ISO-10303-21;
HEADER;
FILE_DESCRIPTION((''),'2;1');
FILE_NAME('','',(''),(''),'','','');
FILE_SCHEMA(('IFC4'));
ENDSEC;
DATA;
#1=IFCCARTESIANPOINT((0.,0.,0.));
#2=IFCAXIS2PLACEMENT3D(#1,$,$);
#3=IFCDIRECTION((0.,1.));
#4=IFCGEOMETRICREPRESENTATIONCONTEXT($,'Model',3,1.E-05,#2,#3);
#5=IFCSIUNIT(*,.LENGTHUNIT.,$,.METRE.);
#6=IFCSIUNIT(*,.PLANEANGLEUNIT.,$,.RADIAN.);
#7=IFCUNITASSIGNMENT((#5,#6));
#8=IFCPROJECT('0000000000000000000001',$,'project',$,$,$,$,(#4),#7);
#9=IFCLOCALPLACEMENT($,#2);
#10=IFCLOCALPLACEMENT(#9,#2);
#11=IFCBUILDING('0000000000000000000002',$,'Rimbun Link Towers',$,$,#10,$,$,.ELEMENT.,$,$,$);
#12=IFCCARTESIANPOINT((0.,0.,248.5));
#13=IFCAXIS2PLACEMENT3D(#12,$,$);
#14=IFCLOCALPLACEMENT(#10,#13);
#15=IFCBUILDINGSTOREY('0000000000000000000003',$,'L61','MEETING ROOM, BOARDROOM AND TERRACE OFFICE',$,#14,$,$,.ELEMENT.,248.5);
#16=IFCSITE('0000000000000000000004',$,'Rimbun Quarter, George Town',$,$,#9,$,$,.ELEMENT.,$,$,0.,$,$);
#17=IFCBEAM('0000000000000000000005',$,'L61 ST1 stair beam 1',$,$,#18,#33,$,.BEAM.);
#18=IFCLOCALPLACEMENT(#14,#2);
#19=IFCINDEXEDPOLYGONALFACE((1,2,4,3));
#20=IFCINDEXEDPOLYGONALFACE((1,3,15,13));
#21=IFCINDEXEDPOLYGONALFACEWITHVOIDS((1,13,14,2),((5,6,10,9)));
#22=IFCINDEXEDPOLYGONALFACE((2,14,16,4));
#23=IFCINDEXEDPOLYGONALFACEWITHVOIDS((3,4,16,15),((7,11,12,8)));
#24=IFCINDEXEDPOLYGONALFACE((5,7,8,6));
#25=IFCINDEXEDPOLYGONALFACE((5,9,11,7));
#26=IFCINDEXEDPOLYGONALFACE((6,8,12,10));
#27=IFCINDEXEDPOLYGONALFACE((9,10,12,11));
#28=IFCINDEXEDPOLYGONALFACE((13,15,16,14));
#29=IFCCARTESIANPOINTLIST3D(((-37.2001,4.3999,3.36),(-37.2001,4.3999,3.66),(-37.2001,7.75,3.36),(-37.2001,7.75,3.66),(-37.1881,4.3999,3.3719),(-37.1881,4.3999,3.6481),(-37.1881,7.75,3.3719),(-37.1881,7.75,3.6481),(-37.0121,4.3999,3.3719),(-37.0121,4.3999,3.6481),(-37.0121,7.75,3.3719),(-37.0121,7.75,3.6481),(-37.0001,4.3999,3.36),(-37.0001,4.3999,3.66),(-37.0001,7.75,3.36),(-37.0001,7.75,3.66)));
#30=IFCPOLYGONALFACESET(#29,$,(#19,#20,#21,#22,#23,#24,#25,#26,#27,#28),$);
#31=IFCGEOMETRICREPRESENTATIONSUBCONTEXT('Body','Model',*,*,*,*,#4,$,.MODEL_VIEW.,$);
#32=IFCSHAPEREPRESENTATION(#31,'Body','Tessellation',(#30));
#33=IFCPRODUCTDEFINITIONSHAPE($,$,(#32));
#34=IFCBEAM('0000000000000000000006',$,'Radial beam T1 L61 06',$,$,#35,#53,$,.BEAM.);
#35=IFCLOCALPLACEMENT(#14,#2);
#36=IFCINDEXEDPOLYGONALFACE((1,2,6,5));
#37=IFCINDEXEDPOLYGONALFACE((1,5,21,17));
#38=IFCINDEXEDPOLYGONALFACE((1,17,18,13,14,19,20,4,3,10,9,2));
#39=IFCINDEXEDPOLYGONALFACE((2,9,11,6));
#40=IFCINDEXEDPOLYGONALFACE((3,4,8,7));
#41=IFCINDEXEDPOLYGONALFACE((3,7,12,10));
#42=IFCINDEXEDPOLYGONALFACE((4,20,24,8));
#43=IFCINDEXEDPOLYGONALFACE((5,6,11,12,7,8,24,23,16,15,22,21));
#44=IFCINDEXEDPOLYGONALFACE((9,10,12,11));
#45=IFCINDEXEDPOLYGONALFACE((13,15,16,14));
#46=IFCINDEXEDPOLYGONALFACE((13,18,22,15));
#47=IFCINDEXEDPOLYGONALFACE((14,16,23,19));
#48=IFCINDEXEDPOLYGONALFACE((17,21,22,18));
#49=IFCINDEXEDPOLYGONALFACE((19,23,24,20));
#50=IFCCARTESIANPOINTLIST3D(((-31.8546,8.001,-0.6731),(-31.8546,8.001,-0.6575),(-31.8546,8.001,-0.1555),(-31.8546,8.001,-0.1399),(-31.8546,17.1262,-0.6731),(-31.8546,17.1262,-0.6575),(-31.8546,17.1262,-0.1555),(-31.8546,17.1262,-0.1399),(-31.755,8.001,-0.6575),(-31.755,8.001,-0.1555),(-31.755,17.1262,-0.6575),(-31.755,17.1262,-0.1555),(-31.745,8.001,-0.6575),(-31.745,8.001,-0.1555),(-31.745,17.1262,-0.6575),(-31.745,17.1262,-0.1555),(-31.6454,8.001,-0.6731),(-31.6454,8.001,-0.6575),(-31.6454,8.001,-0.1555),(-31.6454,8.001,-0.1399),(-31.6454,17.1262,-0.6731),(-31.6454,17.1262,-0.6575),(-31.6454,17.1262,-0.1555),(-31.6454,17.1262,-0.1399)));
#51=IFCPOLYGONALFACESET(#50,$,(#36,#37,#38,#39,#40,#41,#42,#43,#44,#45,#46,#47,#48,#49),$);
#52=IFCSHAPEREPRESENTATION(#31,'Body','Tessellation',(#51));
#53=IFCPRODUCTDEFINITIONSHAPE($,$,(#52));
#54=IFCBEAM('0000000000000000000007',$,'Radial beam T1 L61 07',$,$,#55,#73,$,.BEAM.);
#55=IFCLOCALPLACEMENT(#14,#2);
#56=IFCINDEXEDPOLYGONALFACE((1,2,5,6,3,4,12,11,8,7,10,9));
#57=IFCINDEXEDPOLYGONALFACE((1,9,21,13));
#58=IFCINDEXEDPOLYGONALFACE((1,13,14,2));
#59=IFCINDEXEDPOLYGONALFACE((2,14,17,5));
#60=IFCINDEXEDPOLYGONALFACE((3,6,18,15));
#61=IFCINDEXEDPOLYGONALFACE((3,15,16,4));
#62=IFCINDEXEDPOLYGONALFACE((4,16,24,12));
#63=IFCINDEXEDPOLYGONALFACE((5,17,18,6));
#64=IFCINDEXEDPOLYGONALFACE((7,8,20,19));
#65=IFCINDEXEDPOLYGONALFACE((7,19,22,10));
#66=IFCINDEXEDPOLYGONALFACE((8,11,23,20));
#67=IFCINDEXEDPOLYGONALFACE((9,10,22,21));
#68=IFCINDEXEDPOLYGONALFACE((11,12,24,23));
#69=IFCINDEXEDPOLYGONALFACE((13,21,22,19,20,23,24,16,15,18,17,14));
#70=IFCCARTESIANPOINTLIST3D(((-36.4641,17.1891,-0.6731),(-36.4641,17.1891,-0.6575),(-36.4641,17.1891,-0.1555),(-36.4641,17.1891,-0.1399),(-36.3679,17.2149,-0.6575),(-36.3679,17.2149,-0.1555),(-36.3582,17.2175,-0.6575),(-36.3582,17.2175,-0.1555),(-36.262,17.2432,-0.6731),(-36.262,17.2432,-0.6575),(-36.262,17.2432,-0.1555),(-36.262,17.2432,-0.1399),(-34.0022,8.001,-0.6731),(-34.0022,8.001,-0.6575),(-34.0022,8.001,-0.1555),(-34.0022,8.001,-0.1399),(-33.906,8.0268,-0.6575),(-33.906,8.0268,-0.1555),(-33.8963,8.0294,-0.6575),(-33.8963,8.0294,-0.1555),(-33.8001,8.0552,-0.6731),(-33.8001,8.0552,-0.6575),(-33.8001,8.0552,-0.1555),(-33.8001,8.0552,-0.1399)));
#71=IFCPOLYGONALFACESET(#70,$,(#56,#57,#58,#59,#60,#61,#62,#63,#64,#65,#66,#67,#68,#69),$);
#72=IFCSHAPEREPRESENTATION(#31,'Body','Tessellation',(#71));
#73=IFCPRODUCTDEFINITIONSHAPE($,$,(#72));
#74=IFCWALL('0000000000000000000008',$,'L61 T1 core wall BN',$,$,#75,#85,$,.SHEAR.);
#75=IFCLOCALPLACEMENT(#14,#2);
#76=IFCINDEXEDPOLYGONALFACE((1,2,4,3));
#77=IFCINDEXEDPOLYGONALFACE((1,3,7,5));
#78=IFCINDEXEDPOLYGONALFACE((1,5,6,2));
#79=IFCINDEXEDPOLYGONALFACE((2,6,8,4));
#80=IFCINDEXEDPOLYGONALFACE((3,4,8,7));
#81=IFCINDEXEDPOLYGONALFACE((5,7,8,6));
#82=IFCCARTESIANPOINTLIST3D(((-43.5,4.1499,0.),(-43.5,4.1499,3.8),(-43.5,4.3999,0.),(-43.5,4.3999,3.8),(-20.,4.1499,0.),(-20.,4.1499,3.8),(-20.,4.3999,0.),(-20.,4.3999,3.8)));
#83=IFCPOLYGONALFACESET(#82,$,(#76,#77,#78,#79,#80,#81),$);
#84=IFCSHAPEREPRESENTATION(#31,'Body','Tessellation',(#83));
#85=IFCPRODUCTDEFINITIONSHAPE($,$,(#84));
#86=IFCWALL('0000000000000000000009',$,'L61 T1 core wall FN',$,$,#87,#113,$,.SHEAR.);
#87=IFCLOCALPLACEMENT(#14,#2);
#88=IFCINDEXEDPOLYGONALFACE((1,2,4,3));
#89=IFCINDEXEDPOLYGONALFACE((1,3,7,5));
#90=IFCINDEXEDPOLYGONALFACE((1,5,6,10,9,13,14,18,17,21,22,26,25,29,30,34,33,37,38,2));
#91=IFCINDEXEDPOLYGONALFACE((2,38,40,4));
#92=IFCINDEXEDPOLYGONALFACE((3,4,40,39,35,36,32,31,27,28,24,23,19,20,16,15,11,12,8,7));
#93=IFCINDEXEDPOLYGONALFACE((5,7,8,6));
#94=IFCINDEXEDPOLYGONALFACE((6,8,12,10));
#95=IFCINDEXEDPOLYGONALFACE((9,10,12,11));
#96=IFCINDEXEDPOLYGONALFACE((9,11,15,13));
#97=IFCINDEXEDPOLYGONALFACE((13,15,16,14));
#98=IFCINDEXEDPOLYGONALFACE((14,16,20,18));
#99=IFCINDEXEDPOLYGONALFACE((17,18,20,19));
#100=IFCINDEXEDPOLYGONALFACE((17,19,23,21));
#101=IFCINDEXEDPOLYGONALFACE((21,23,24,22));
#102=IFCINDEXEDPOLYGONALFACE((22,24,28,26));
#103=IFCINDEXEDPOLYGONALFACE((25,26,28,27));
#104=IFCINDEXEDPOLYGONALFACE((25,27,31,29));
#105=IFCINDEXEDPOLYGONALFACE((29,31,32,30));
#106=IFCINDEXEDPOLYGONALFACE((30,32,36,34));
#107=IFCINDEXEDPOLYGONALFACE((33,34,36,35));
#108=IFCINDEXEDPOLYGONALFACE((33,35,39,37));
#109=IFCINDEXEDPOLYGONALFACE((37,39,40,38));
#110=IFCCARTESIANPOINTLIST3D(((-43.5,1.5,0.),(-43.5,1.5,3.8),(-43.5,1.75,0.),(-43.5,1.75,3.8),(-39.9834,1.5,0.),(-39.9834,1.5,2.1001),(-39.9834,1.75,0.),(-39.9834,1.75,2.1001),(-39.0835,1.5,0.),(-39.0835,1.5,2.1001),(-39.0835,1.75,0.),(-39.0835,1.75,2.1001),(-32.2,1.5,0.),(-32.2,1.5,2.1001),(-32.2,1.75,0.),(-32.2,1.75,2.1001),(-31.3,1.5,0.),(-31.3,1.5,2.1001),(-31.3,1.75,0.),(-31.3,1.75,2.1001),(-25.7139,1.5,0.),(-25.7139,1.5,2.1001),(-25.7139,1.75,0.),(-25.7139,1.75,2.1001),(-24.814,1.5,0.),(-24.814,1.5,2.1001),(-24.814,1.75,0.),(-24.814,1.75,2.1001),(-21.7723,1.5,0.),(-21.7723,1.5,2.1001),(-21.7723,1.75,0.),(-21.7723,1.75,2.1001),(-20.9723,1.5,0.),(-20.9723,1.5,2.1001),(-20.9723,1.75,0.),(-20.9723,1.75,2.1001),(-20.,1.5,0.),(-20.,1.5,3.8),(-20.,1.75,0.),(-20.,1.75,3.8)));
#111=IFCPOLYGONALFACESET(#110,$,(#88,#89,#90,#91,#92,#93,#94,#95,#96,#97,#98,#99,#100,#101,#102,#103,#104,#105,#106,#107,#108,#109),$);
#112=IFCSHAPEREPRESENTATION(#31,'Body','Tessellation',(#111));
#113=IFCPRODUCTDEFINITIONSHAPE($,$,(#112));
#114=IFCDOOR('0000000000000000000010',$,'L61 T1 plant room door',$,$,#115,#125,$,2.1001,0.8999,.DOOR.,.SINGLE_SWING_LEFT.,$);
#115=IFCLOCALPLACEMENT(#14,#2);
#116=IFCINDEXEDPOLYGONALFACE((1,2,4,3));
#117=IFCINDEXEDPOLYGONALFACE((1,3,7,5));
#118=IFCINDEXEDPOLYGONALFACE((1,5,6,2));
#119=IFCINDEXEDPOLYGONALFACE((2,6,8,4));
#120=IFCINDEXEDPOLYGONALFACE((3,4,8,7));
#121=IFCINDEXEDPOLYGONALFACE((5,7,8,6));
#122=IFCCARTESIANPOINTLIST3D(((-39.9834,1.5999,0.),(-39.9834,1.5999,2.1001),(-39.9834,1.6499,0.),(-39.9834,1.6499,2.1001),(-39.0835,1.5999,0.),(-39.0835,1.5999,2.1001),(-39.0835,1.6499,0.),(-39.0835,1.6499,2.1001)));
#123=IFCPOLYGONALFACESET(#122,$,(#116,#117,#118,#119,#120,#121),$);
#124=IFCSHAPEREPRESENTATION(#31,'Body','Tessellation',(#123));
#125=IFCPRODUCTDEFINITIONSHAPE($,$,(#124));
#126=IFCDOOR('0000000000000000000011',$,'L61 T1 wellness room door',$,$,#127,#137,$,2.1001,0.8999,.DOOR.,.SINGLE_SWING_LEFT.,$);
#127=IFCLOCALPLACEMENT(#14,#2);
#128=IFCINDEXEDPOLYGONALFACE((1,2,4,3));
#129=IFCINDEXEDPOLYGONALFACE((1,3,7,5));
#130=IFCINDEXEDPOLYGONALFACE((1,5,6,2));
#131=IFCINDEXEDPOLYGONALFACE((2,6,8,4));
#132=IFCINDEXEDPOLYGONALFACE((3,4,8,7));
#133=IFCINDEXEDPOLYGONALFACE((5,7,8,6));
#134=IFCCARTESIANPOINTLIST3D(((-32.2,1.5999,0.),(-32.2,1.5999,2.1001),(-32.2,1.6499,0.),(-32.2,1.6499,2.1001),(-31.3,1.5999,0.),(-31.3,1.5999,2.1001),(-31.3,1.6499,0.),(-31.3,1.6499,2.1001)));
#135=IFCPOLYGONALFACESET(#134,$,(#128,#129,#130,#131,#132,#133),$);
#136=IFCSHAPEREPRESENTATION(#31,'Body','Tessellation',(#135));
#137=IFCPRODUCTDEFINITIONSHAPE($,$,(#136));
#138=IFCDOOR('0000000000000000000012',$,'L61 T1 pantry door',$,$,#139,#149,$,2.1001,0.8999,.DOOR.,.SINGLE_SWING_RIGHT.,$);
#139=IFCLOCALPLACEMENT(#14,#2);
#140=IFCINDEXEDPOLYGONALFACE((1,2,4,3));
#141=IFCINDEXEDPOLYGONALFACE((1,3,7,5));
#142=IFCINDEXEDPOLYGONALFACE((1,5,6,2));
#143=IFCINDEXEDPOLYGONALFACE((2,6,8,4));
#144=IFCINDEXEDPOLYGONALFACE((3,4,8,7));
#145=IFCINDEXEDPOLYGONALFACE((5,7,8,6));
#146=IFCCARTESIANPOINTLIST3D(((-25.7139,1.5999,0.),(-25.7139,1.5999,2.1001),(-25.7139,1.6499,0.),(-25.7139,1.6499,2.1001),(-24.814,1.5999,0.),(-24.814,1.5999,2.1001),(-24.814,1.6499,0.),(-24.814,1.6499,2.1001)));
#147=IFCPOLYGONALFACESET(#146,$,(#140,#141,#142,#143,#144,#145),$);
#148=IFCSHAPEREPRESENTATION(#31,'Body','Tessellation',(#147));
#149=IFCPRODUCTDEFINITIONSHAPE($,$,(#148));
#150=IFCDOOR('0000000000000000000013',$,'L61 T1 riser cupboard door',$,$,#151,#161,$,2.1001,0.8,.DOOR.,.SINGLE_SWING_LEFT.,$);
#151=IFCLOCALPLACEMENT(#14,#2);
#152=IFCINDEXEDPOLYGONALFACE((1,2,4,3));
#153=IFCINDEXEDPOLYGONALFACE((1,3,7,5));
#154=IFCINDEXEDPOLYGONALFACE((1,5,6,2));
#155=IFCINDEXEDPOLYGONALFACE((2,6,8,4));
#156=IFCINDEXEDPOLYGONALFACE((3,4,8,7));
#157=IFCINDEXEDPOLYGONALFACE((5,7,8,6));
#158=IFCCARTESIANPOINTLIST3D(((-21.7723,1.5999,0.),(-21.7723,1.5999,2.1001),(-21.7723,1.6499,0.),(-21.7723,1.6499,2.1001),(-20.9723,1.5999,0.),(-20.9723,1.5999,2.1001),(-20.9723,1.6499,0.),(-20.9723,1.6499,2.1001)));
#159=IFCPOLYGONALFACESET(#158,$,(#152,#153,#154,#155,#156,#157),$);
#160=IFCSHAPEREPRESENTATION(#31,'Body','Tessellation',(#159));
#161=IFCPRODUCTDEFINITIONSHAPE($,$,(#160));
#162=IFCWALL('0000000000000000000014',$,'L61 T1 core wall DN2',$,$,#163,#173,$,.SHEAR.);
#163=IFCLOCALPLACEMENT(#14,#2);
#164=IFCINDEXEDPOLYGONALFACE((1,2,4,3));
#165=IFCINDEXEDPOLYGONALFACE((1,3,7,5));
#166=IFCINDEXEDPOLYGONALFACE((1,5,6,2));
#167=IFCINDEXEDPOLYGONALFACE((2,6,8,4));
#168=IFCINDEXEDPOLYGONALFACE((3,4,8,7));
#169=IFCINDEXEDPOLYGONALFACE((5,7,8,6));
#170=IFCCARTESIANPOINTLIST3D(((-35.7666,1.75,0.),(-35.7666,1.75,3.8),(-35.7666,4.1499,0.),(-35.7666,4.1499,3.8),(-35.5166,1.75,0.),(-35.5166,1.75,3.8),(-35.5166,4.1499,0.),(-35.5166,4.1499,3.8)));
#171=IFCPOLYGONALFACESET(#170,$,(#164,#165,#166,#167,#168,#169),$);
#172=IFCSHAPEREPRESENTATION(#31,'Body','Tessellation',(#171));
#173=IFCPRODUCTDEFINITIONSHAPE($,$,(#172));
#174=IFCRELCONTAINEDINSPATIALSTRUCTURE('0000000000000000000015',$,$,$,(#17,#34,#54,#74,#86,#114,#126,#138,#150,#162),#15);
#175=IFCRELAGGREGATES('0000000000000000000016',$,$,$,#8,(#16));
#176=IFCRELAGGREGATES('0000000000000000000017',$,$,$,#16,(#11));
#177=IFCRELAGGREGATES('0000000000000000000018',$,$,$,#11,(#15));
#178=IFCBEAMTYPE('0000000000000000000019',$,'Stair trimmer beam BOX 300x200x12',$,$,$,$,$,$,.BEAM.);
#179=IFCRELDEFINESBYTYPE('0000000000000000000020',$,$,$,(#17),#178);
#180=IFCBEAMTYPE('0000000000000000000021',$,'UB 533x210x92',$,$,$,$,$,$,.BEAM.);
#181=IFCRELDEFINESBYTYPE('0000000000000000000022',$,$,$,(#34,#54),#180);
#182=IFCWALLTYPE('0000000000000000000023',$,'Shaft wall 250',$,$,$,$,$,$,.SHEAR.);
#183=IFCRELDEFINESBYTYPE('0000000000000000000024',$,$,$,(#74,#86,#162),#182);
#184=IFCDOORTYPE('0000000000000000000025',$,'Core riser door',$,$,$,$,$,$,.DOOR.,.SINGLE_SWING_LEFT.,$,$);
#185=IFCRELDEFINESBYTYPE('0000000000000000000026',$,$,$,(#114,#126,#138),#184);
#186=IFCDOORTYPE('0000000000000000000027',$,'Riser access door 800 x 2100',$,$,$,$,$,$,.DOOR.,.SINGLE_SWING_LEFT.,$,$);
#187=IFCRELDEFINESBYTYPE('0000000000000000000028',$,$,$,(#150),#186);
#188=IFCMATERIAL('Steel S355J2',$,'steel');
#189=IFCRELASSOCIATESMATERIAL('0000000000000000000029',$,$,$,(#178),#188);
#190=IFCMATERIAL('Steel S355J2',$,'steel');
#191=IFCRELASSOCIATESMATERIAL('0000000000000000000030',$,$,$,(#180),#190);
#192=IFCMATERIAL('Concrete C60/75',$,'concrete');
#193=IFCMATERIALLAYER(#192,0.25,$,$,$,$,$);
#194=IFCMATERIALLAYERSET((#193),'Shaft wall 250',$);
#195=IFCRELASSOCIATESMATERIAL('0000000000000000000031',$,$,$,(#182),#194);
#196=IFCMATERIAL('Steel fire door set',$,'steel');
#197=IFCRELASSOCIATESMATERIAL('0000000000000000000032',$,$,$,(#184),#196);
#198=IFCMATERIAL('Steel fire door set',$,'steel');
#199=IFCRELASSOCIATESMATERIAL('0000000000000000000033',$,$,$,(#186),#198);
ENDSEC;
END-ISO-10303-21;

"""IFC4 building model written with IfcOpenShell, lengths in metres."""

from ifc_helpers import new_model, si_unit, direction, frame, frame_2d, origin, origin_2d, place, context, subcontext, project, spatial, rectangle, hollow_rectangle, i_section, extrude, material, layer, layer_set, material_profile, profile_set, type_object, element, fill, save


model = new_model("IFC4")

# Units and contexts
model_context = context("Model", 3, precision=1e-05, world=origin(), true_north=direction((0.0, 1.0)))
body_context = subcontext(model_context, "Body", "Model", "MODEL_VIEW")
ifc_project = project(units=[si_unit("LENGTHUNIT", "METRE"), si_unit("PLANEANGLEUNIT", "RADIAN")], contexts=[model_context])

# Site, building, storey
site_placement = place(None, origin())
site = spatial("IfcSite", under=ifc_project, at=site_placement, Name="Rimbun Quarter, George Town", CompositionType="ELEMENT", RefElevation=0.0)
building_placement = place(site_placement, origin())
building = spatial("IfcBuilding", under=site, at=building_placement, Name="Rimbun Link Towers", CompositionType="ELEMENT")
storey_placement = place(building_placement, frame((0.0, 0.0, 248.5)))
storey = spatial("IfcBuildingStorey", under=building, at=storey_placement, Name="L61", Description="MEETING ROOM, BOARDROOM AND TERRACE OFFICE", CompositionType="ELEMENT", Elevation=248.5)

# Beams
ifc_material_1 = material(Name="Steel S355J2", Category="steel")
ifc_material_profile_1 = material_profile(ifc_material_1, hollow_rectangle(XDim=0.2, YDim=0.3, WallThickness=0.012, at=origin_2d()), Name="BOX 300x200x12")
ifc_profile_set_1 = profile_set([ifc_material_profile_1], Name="Steel S355J2")
beam_type_1 = type_object("IfcBeamType", Name="Stair trimmer beam BOX 300x200x12", PredefinedType="BEAM", material=ifc_profile_set_1)
beam_1_placement = place(storey_placement, frame((-37.1001, 7.75, 3.51), z_axis=(0.0, -1.0, 0.0), x_axis=(1.0, 0.0, 0.0)))
element("IfcBeam", 1, at=beam_1_placement, inside=storey, type_object=beam_type_1, Name="L61 ST1 stair beam 1", PredefinedType="BEAM", context=body_context, shape_type="SweptSolid", body=[
    extrude(hollow_rectangle(XDim=0.2, YDim=0.3, WallThickness=0.012, at=origin_2d()), origin(), (0.0, 0.0, 1.0), 3.3501),
])
ifc_material_2 = material(Name="Steel S355J2", Category="steel")
ifc_material_profile_2 = material_profile(ifc_material_2, i_section(OverallWidth=0.2092, OverallDepth=0.5332, WebThickness=0.01, FlangeThickness=0.0156, at=origin_2d()), Name="UB 533x210x92")
ifc_profile_set_2 = profile_set([ifc_material_profile_2], Name="Steel S355J2")
beam_type_2 = type_object("IfcBeamType", Name="UB 533x210x92", PredefinedType="BEAM", material=ifc_profile_set_2)
beam_2_placement = place(storey_placement, frame((-31.75, 8.001, -0.4065), z_axis=(0.0, 1.0, 0.0), x_axis=(-1.0, 0.0, 0.0)))
element("IfcBeam", 2, at=beam_2_placement, inside=storey, type_object=beam_type_2, Name="Radial beam T1 L61 06", PredefinedType="BEAM", context=body_context, shape_type="SweptSolid", body=[
    extrude(i_section(OverallWidth=0.2092, OverallDepth=0.5332, WebThickness=0.01, FlangeThickness=0.0156, at=origin_2d()), origin(), (0.0, 0.0, 1.0), 9.1252),
])
beam_3_placement = place(storey_placement, frame((-33.9011, 8.0281, -0.4065), z_axis=(-0.258819, 0.965926, 0.0), x_axis=(-0.965926, -0.258819, 0.0)))
element("IfcBeam", 3, at=beam_3_placement, inside=storey, type_object=beam_type_2, Name="Radial beam T1 L61 07", PredefinedType="BEAM", context=body_context, shape_type="SweptSolid", body=[
    extrude(i_section(OverallWidth=0.2092, OverallDepth=0.5332, WebThickness=0.01, FlangeThickness=0.0156, at=origin_2d()), origin(), (0.0, 0.0, 1.0), 9.5122),
])

# Wall
ifc_material_3 = material(Name="Concrete C60/75", Category="concrete")
ifc_layer = layer(ifc_material_3, 0.25)
ifc_layer_set = layer_set([ifc_layer], Name="Shaft wall 250")
wall_type = type_object("IfcWallType", Name="Shaft wall 250", PredefinedType="SHEAR", material=ifc_layer_set)
wall_1_placement = place(storey_placement, frame((-43.5, 4.2749, 0.0), z_axis=(0.0, 0.0, 1.0), x_axis=(1.0, 0.0, 0.0)))
element("IfcWall", 4, at=wall_1_placement, inside=storey, type_object=wall_type, Name="L61 T1 core wall BN", PredefinedType="SHEAR", context=body_context, shape_type="SweptSolid", body=[
    extrude(rectangle(XDim=23.5, YDim=0.25, at=frame_2d((11.75, 0.0))), origin(), (0.0, 0.0, 1.0), 3.8),
])

# Wall, openings, doors
wall_2_placement = place(storey_placement, frame((-43.5, 1.625, 0.0), z_axis=(0.0, 0.0, 1.0), x_axis=(1.0, 0.0, 0.0)))
wall_2 = element("IfcWall", 5, at=wall_2_placement, inside=storey, type_object=wall_type, Name="L61 T1 core wall FN", PredefinedType="SHEAR", context=body_context, shape_type="SweptSolid", body=[
    extrude(rectangle(XDim=23.5, YDim=0.25, at=frame_2d((11.75, 0.0))), origin(), (0.0, 0.0, 1.0), 3.8),
])
opening_1_placement = place(wall_2_placement, frame((3.5166, 0.0, 0.0)))
opening_1 = element("IfcOpeningElement", 6, at=opening_1_placement, cuts=wall_2, PredefinedType="OPENING", context=body_context, shape_type="SweptSolid", body=[
    extrude(rectangle(XDim=0.8999, YDim=2.1001, at=frame_2d((0.45, 1.05))), frame((0.0, 0.135, 0.0), z_axis=(0.0, -1.0, 0.0), x_axis=(1.0, 0.0, 0.0)), (0.0, 0.0, 1.0), 0.27),
])
opening_2_placement = place(wall_2_placement, frame((11.3, 0.0, 0.0)))
opening_2 = element("IfcOpeningElement", 7, at=opening_2_placement, cuts=wall_2, PredefinedType="OPENING", context=body_context, shape_type="SweptSolid", body=[
    extrude(rectangle(XDim=0.8999, YDim=2.1001, at=frame_2d((0.45, 1.05))), frame((0.0, 0.135, 0.0), z_axis=(0.0, -1.0, 0.0), x_axis=(1.0, 0.0, 0.0)), (0.0, 0.0, 1.0), 0.27),
])
opening_3_placement = place(wall_2_placement, frame((17.7861, 0.0, 0.0)))
opening_3 = element("IfcOpeningElement", 8, at=opening_3_placement, cuts=wall_2, PredefinedType="OPENING", context=body_context, shape_type="SweptSolid", body=[
    extrude(rectangle(XDim=0.8999, YDim=2.1001, at=frame_2d((0.45, 1.05))), frame((0.0, 0.135, 0.0), z_axis=(0.0, -1.0, 0.0), x_axis=(1.0, 0.0, 0.0)), (0.0, 0.0, 1.0), 0.27),
])
opening_4_placement = place(wall_2_placement, frame((21.7278, 0.0, 0.0)))
opening_4 = element("IfcOpeningElement", 9, at=opening_4_placement, cuts=wall_2, PredefinedType="OPENING", context=body_context, shape_type="SweptSolid", body=[
    extrude(rectangle(XDim=0.8, YDim=2.1001, at=frame_2d((0.3999, 1.05))), frame((0.0, 0.135, 0.0), z_axis=(0.0, -1.0, 0.0), x_axis=(1.0, 0.0, 0.0)), (0.0, 0.0, 1.0), 0.27),
])
ifc_material_4 = material(Name="Steel fire door set", Category="steel")
door_type_1 = type_object("IfcDoorType", Name="Core riser door", OperationType="SINGLE_SWING_LEFT", PredefinedType="DOOR", material=ifc_material_4)
door_1_placement = place(opening_1_placement, origin())
door_1 = element("IfcDoor", 10, at=door_1_placement, inside=storey, type_object=door_type_1, Name="L61 T1 plant room door", OperationType="SINGLE_SWING_LEFT", OverallHeight=2.1001, OverallWidth=0.8999, PredefinedType="DOOR", context=body_context, shape_type="SweptSolid", body=[
    extrude(rectangle(XDim=0.8999, YDim=2.1001, at=frame_2d((0.45, 1.05))), frame((0.0, 0.0249, 0.0), z_axis=(0.0, -1.0, 0.0), x_axis=(1.0, 0.0, 0.0)), (0.0, 0.0, 1.0), 0.05),
])
fill(opening_1, door_1)
door_2_placement = place(opening_2_placement, origin())
door_2 = element("IfcDoor", 11, at=door_2_placement, inside=storey, type_object=door_type_1, Name="L61 T1 wellness room door", OperationType="SINGLE_SWING_LEFT", OverallHeight=2.1001, OverallWidth=0.8999, PredefinedType="DOOR", context=body_context, shape_type="SweptSolid", body=[
    extrude(rectangle(XDim=0.8999, YDim=2.1001, at=frame_2d((0.45, 1.05))), frame((0.0, 0.0249, 0.0), z_axis=(0.0, -1.0, 0.0), x_axis=(1.0, 0.0, 0.0)), (0.0, 0.0, 1.0), 0.05),
])
fill(opening_2, door_2)
door_3_placement = place(opening_3_placement, origin())
door_3 = element("IfcDoor", 12, at=door_3_placement, inside=storey, type_object=door_type_1, Name="L61 T1 pantry door", OperationType="SINGLE_SWING_RIGHT", OverallHeight=2.1001, OverallWidth=0.8999, PredefinedType="DOOR", context=body_context, shape_type="SweptSolid", body=[
    extrude(rectangle(XDim=0.8999, YDim=2.1001, at=frame_2d((0.45, 1.05))), frame((0.0, 0.0249, 0.0), z_axis=(0.0, -1.0, 0.0), x_axis=(1.0, 0.0, 0.0)), (0.0, 0.0, 1.0), 0.05),
])
fill(opening_3, door_3)
ifc_material_5 = material(Name="Steel fire door set", Category="steel")
door_type_2 = type_object("IfcDoorType", Name="Riser access door 800 x 2100", OperationType="SINGLE_SWING_LEFT", PredefinedType="DOOR", material=ifc_material_5)
door_4_placement = place(opening_4_placement, origin())
door_4 = element("IfcDoor", 13, at=door_4_placement, inside=storey, type_object=door_type_2, Name="L61 T1 riser cupboard door", OperationType="SINGLE_SWING_LEFT", OverallHeight=2.1001, OverallWidth=0.8, PredefinedType="DOOR", context=body_context, shape_type="SweptSolid", body=[
    extrude(rectangle(XDim=0.8, YDim=2.1001, at=frame_2d((0.3999, 1.05))), frame((0.0, 0.0249, 0.0), z_axis=(0.0, -1.0, 0.0), x_axis=(1.0, 0.0, 0.0)), (0.0, 0.0, 1.0), 0.05),
])
fill(opening_4, door_4)

# Wall
wall_3_placement = place(storey_placement, frame((-35.6416, 1.75, 0.0), z_axis=(0.0, 0.0, 1.0), x_axis=(0.0, 1.0, 0.0)))
element("IfcWall", 14, at=wall_3_placement, inside=storey, type_object=wall_type, Name="L61 T1 core wall DN2", PredefinedType="SHEAR", context=body_context, shape_type="SweptSolid", body=[
    extrude(rectangle(XDim=2.3999, YDim=0.25, at=frame_2d((1.2, 0.0))), origin(), (0.0, 0.0, 1.0), 3.8),
])

save(model, "model.ifc")
